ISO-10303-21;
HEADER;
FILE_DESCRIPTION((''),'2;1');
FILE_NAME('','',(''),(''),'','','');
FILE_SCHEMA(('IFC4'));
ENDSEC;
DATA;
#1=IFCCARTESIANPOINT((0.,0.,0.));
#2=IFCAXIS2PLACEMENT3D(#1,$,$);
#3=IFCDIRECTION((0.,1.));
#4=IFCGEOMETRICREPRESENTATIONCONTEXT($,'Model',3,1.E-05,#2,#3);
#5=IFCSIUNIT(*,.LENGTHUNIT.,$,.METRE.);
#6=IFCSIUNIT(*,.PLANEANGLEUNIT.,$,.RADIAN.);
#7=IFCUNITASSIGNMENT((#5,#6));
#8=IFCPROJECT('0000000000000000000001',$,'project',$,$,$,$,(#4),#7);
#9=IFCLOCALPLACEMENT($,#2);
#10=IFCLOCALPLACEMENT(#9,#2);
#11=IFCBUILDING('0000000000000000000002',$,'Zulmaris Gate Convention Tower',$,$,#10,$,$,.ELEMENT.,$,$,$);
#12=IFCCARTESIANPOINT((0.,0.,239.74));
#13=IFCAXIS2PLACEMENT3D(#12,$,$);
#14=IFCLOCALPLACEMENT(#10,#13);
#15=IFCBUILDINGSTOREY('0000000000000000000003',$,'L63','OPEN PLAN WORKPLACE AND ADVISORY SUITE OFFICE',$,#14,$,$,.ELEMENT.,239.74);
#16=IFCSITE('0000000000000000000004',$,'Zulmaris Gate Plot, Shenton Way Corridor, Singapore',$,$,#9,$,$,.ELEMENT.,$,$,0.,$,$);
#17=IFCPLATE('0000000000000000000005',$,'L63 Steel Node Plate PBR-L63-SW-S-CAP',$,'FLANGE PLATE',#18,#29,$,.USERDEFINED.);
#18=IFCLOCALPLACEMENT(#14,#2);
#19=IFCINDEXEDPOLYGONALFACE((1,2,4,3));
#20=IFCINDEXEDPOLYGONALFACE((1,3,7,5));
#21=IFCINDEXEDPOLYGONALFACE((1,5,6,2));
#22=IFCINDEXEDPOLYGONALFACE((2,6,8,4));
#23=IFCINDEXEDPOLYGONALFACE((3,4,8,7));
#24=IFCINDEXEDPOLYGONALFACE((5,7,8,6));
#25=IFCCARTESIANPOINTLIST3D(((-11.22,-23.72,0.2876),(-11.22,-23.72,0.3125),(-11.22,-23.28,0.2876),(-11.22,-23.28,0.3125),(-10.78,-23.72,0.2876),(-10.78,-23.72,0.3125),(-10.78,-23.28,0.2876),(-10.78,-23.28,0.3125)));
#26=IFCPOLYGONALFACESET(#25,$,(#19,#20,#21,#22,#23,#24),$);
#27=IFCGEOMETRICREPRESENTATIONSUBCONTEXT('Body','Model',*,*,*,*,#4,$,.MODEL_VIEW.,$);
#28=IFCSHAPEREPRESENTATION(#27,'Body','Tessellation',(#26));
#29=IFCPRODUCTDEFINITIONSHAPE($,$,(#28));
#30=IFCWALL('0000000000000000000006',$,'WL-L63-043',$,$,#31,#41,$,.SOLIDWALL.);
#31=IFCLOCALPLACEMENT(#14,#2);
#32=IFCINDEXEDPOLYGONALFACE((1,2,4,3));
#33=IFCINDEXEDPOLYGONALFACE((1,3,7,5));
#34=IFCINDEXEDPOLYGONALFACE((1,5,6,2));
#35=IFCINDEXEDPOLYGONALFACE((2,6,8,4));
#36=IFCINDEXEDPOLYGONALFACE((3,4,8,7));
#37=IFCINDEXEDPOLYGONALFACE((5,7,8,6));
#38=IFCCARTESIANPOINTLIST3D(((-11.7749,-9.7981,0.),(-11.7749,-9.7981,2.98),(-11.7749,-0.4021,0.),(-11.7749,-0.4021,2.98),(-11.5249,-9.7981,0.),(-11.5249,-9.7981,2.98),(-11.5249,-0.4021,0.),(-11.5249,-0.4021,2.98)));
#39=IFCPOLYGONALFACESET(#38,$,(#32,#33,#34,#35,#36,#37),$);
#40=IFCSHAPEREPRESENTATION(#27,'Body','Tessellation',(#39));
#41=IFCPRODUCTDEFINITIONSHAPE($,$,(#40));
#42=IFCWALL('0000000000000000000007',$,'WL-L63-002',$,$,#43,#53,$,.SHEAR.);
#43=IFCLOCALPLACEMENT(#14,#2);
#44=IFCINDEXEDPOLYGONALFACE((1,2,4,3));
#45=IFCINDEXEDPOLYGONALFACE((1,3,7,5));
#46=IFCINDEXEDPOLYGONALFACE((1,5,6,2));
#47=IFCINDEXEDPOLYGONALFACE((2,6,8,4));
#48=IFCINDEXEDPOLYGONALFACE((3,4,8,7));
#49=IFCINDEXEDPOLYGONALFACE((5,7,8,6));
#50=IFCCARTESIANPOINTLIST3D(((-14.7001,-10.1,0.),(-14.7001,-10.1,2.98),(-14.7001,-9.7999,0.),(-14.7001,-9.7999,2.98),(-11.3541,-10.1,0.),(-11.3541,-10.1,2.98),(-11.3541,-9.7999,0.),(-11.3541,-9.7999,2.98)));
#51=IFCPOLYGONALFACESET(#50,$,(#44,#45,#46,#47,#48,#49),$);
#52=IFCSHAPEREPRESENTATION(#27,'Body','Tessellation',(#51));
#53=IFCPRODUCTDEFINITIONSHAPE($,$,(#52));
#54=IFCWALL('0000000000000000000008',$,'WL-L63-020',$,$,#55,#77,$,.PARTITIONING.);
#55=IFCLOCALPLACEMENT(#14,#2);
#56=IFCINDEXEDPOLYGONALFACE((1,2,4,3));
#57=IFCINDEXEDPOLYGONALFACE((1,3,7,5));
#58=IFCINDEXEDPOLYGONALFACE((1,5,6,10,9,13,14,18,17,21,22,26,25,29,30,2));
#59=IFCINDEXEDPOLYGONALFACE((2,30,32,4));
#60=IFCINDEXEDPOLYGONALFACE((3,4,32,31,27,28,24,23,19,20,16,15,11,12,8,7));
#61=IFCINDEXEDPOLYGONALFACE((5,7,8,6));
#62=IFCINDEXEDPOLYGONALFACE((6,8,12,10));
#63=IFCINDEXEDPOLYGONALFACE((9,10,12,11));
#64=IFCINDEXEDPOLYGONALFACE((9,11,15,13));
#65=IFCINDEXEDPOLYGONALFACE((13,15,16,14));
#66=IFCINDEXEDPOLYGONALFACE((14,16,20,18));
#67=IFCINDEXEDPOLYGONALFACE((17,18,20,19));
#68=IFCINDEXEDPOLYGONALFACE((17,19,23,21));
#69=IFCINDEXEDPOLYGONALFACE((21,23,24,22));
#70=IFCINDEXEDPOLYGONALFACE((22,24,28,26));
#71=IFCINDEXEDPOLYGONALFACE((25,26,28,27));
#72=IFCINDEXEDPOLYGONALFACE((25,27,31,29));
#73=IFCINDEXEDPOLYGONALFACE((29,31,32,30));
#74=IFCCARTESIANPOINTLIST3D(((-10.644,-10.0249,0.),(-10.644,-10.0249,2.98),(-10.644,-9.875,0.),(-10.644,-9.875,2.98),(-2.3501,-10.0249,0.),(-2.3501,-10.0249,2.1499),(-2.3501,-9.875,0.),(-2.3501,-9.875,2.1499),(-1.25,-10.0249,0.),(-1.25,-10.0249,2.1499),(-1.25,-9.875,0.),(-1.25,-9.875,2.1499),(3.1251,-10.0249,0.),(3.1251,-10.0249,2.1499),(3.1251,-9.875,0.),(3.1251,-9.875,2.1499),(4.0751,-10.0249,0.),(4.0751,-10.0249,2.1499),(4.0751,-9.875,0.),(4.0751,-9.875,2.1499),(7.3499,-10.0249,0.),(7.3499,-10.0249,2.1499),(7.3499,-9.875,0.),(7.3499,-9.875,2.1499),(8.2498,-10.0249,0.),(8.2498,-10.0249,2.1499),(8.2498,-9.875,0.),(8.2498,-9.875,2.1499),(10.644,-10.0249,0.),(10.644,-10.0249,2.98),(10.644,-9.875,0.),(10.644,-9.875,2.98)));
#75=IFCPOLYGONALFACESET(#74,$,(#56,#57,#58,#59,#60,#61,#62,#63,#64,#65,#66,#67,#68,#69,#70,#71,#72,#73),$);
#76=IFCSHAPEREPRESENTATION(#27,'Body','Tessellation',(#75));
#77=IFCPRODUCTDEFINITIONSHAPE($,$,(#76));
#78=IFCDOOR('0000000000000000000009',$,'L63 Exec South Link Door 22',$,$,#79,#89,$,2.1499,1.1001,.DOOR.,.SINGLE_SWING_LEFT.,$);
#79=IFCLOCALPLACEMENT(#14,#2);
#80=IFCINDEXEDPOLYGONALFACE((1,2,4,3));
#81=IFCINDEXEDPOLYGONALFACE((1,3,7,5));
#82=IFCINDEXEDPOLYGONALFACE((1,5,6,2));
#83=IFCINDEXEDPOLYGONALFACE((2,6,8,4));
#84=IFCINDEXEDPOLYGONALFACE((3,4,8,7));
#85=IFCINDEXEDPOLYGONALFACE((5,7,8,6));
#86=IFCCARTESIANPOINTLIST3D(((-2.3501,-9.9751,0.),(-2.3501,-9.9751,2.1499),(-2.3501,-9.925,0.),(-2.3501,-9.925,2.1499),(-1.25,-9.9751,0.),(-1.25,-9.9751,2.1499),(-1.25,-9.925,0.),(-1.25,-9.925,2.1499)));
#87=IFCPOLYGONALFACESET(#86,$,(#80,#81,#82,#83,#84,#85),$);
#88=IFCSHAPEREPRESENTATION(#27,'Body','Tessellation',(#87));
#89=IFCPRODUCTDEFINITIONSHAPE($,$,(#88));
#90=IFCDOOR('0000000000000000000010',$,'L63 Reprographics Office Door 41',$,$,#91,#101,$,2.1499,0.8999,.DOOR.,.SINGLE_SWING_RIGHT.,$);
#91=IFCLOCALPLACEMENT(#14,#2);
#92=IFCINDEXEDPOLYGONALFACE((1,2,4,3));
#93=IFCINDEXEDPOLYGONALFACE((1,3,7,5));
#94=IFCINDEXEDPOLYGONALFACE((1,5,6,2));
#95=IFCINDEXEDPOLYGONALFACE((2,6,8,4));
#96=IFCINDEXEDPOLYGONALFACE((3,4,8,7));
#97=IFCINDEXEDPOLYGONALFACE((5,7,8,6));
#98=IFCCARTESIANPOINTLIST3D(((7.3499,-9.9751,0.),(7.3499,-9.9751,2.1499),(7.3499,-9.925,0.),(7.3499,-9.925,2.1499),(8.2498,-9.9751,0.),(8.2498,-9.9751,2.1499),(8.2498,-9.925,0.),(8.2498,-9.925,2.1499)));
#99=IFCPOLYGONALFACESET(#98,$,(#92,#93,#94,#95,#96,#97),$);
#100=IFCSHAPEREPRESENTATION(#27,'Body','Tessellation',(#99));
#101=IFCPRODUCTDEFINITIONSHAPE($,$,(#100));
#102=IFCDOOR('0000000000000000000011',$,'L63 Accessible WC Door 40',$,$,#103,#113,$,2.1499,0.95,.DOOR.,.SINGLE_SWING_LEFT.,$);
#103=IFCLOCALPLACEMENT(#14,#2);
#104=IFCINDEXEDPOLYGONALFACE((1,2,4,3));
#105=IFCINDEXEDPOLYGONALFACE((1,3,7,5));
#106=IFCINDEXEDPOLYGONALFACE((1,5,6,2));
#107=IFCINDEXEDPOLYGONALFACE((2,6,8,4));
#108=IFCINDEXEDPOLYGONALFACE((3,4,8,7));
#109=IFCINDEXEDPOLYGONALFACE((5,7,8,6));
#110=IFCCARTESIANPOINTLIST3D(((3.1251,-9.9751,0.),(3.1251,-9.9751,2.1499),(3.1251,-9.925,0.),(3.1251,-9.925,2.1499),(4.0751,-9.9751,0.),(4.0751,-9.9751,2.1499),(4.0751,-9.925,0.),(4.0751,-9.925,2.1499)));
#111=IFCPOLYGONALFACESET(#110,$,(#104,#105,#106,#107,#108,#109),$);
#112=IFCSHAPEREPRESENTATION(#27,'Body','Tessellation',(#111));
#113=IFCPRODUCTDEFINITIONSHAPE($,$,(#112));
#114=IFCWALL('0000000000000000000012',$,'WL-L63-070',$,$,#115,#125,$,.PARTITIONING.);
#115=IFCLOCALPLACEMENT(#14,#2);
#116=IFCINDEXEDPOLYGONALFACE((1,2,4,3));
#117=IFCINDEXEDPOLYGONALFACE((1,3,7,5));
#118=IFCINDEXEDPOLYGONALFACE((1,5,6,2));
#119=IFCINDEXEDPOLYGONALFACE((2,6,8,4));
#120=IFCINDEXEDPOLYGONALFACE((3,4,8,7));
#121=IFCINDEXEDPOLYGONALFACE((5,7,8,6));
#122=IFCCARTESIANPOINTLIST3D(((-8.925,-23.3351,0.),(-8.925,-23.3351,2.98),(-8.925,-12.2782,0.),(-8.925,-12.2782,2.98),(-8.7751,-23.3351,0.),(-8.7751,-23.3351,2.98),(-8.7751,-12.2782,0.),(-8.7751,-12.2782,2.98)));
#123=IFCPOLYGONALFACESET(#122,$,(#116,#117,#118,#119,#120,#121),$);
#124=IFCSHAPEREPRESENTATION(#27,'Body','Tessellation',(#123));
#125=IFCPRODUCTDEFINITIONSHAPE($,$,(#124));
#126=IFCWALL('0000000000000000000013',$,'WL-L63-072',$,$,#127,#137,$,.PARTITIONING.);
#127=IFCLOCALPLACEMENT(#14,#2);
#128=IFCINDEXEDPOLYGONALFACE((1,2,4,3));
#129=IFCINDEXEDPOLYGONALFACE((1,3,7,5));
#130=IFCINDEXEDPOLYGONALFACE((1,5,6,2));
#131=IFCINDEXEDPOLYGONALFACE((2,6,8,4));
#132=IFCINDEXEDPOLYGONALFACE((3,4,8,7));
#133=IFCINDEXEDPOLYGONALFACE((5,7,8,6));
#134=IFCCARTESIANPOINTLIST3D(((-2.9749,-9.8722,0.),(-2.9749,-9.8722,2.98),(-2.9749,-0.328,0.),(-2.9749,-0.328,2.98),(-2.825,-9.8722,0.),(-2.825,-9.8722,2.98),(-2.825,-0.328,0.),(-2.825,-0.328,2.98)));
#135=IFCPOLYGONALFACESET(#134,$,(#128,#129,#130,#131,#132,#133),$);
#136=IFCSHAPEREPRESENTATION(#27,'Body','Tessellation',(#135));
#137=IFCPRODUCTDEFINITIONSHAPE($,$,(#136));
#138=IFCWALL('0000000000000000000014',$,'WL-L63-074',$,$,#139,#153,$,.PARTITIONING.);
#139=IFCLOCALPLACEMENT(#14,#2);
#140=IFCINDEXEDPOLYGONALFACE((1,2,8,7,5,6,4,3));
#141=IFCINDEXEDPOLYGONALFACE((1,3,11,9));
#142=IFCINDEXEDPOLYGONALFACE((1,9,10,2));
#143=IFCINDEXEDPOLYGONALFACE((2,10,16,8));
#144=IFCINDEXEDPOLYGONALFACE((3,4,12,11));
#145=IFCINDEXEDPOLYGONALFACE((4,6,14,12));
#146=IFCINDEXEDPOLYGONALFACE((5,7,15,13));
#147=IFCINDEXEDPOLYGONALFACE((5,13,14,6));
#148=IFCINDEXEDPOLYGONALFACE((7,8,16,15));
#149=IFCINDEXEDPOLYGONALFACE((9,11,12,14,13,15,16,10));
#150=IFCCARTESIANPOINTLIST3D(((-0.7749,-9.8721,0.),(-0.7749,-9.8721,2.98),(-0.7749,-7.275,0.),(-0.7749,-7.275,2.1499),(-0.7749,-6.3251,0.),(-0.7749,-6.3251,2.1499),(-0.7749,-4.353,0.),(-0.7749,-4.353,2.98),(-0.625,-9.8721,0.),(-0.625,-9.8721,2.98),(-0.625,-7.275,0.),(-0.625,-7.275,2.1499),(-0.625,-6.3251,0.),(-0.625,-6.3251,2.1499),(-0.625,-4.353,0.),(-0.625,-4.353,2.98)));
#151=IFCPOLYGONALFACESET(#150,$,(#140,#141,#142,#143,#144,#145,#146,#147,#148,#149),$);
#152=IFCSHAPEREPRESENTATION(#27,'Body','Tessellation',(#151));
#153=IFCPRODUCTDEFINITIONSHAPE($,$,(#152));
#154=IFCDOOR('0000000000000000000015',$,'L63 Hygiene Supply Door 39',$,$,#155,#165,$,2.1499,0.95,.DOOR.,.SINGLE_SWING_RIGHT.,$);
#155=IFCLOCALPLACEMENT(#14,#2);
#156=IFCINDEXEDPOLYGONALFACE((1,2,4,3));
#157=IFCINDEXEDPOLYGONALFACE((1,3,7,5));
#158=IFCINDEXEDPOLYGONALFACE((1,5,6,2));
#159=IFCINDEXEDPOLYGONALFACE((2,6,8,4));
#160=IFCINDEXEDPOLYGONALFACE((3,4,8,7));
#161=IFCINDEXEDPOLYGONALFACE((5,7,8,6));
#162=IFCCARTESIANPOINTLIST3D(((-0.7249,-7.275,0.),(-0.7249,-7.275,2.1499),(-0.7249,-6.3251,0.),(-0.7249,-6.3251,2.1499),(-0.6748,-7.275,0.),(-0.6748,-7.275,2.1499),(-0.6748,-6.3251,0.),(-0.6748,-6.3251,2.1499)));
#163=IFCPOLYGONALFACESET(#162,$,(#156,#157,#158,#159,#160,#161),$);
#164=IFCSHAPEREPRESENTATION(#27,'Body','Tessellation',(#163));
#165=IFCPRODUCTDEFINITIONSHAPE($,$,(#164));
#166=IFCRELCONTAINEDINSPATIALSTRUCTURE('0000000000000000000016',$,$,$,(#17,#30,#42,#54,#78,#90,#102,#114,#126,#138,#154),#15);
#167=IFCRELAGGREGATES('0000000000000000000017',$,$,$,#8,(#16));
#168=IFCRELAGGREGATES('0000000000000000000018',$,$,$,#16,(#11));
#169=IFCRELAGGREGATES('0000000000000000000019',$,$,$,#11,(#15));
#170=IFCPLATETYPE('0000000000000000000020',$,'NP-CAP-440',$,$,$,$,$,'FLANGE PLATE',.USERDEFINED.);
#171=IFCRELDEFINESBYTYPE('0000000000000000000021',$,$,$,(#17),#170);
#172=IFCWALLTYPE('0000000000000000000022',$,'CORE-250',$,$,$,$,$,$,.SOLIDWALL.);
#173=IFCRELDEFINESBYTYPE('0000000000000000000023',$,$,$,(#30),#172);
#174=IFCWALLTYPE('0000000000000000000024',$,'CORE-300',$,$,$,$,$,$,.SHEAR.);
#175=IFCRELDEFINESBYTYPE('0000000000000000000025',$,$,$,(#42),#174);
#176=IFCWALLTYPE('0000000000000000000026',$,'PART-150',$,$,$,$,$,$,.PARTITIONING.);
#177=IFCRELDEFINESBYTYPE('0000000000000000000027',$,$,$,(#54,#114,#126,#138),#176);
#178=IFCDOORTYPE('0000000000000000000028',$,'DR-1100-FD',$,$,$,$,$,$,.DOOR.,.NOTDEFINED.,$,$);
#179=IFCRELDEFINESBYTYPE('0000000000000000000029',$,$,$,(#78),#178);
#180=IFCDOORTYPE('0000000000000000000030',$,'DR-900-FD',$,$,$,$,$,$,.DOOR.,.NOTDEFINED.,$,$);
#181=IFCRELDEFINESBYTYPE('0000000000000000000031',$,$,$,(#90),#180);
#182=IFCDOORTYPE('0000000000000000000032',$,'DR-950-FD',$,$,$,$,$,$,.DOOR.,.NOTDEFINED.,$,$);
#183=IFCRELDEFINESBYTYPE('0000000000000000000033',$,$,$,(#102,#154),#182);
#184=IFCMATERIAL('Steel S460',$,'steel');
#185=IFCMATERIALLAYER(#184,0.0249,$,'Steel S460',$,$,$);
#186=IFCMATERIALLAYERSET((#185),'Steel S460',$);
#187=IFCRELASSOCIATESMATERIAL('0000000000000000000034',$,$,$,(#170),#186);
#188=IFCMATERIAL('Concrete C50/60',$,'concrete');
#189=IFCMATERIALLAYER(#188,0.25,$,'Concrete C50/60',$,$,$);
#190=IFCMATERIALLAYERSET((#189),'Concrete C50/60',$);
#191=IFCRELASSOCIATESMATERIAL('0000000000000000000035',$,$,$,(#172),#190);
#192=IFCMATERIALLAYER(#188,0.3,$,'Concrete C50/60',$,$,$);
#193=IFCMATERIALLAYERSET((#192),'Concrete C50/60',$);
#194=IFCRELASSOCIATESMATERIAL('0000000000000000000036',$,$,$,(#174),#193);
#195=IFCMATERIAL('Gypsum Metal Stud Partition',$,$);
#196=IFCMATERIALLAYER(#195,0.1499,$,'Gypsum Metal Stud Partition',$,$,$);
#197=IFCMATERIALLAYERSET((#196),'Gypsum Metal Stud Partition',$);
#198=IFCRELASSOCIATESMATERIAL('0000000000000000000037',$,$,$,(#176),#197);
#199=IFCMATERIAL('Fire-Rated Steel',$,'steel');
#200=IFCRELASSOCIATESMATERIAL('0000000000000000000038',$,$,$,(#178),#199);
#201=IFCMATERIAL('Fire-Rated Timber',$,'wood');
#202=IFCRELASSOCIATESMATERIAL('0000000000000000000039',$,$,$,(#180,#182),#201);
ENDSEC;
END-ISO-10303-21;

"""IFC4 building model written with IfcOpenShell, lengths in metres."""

from ifc_helpers import new_model, si_unit, direction, frame, frame_2d, origin, origin_2d, place, context, subcontext, project, spatial, rectangle, extrude, material, layer, layer_set, type_object, element, fill, save


model = new_model("IFC4")

# Units and contexts
model_context = context("Model", 3, precision=1e-05, world=origin(), true_north=direction((0.0, 1.0)))
body_context = subcontext(model_context, "Body", "Model", "MODEL_VIEW")
ifc_project = project(units=[si_unit("LENGTHUNIT", "METRE"), si_unit("PLANEANGLEUNIT", "RADIAN")], contexts=[model_context])

# Site, building, storey
site_placement = place(None, origin())
site = spatial("IfcSite", under=ifc_project, at=site_placement, Name="Zulmaris Gate Plot, Shenton Way Corridor, Singapore", CompositionType="ELEMENT", RefElevation=0.0)
building_placement = place(site_placement, origin())
building = spatial("IfcBuilding", under=site, at=building_placement, Name="Zulmaris Gate Convention Tower", CompositionType="ELEMENT")
storey_placement = place(building_placement, frame((0.0, 0.0, 239.74)))
storey = spatial("IfcBuildingStorey", under=building, at=storey_placement, Name="L63", Description="OPEN PLAN WORKPLACE AND ADVISORY SUITE OFFICE", CompositionType="ELEMENT", Elevation=239.74)

# Shared definitions
ifc_material_1 = material(Name="Concrete C50/60", Category="concrete")

# Plate
ifc_material_2 = material(Name="Steel S460", Category="steel")
ifc_layer_1 = layer(ifc_material_2, 0.0249, Name="Steel S460")
ifc_layer_set_1 = layer_set([ifc_layer_1], Name="Steel S460")
plate_type = type_object("IfcPlateType", Name="NP-CAP-440", ElementType="FLANGE PLATE", PredefinedType="USERDEFINED", material=ifc_layer_set_1)
plate_placement = place(storey_placement, frame((-11.0, -23.5, 0.2876), z_axis=(0.0, 0.0, 1.0), x_axis=(1.0, 0.0, 0.0)))
element("IfcPlate", 1, at=plate_placement, inside=storey, type_object=plate_type, Name="L63 Steel Node Plate PBR-L63-SW-S-CAP", ObjectType="FLANGE PLATE", PredefinedType="USERDEFINED", context=body_context, shape_type="SweptSolid", body=[
    extrude(rectangle(XDim=0.4399, YDim=0.4399, at=origin_2d()), origin(), (0.0, 0.0, 1.0), 0.0249),
])

# Walls
ifc_layer_2 = layer(ifc_material_1, 0.25, Name="Concrete C50/60")
ifc_layer_set_2 = layer_set([ifc_layer_2], Name="Concrete C50/60")
wall_type_1 = type_object("IfcWallType", Name="CORE-250", PredefinedType="SOLIDWALL", material=ifc_layer_set_2)
wall_1_placement = place(storey_placement, frame((-11.6499, -9.7981, 0.0), z_axis=(0.0, 0.0, 1.0), x_axis=(0.0, 1.0, 0.0)))
element("IfcWall", 2, at=wall_1_placement, inside=storey, type_object=wall_type_1, Name="WL-L63-043", PredefinedType="SOLIDWALL", context=body_context, shape_type="SweptSolid", body=[
    extrude(rectangle(XDim=9.396, YDim=0.25, at=frame_2d((4.698, 0.0))), origin(), (0.0, 0.0, 1.0), 2.98),
])
ifc_layer_3 = layer(ifc_material_1, 0.3, Name="Concrete C50/60")
ifc_layer_set_3 = layer_set([ifc_layer_3], Name="Concrete C50/60")
wall_type_2 = type_object("IfcWallType", Name="CORE-300", PredefinedType="SHEAR", material=ifc_layer_set_3)
wall_2_placement = place(storey_placement, frame((-14.7, -9.95, 0.0), z_axis=(0.0, 0.0, 1.0), x_axis=(1.0, 0.0, 0.0)))
element("IfcWall", 3, at=wall_2_placement, inside=storey, type_object=wall_type_2, Name="WL-L63-002", PredefinedType="SHEAR", context=body_context, shape_type="SweptSolid", body=[
    extrude(rectangle(XDim=3.3459, YDim=0.3, at=frame_2d((1.6729, 0.0))), origin(), (0.0, 0.0, 1.0), 2.98),
])

# Wall, openings, doors
ifc_material_3 = material(Name="Gypsum Metal Stud Partition")
ifc_layer_4 = layer(ifc_material_3, 0.1499, Name="Gypsum Metal Stud Partition")
ifc_layer_set_4 = layer_set([ifc_layer_4], Name="Gypsum Metal Stud Partition")
wall_type_3 = type_object("IfcWallType", Name="PART-150", PredefinedType="PARTITIONING", material=ifc_layer_set_4)
wall_3_placement = place(storey_placement, frame((-10.644, -9.95, 0.0), z_axis=(0.0, 0.0, 1.0), x_axis=(1.0, 0.0, 0.0)))
wall_3 = element("IfcWall", 4, at=wall_3_placement, inside=storey, type_object=wall_type_3, Name="WL-L63-020", PredefinedType="PARTITIONING", context=body_context, shape_type="SweptSolid", body=[
    extrude(rectangle(XDim=21.2881, YDim=0.1499, at=frame_2d((10.644, 0.0))), origin(), (0.0, 0.0, 1.0), 2.98),
])
opening_1_placement = place(wall_3_placement, frame((8.2939, 0.0, 0.0)))
opening_1 = element("IfcOpeningElement", 5, at=opening_1_placement, cuts=wall_3, PredefinedType="OPENING", context=body_context, shape_type="SweptSolid", body=[
    extrude(rectangle(XDim=1.1001, YDim=2.1499, at=frame_2d((0.55, 1.075))), frame((0.0, 0.085, 0.0), z_axis=(0.0, -1.0, 0.0), x_axis=(1.0, 0.0, 0.0)), (0.0, 0.0, 1.0), 0.1699),
])
opening_2_placement = place(wall_3_placement, frame((13.769, 0.0, 0.0)))
opening_2 = element("IfcOpeningElement", 6, at=opening_2_placement, cuts=wall_3, PredefinedType="OPENING", context=body_context, shape_type="SweptSolid", body=[
    extrude(rectangle(XDim=0.95, YDim=2.1499, at=frame_2d((0.4751, 1.075))), frame((0.0, 0.085, 0.0), z_axis=(0.0, -1.0, 0.0), x_axis=(1.0, 0.0, 0.0)), (0.0, 0.0, 1.0), 0.1699),
])
opening_3_placement = place(wall_3_placement, frame((17.9939, 0.0, 0.0)))
opening_3 = element("IfcOpeningElement", 7, at=opening_3_placement, cuts=wall_3, PredefinedType="OPENING", context=body_context, shape_type="SweptSolid", body=[
    extrude(rectangle(XDim=0.8999, YDim=2.1499, at=frame_2d((0.45, 1.075))), frame((0.0, 0.085, 0.0), z_axis=(0.0, -1.0, 0.0), x_axis=(1.0, 0.0, 0.0)), (0.0, 0.0, 1.0), 0.1699),
])
ifc_material_4 = material(Name="Fire-Rated Steel", Category="steel")
door_type_1 = type_object("IfcDoorType", Name="DR-1100-FD", OperationType="NOTDEFINED", PredefinedType="DOOR", material=ifc_material_4)
door_1_placement = place(opening_1_placement, origin())
door_1 = element("IfcDoor", 8, at=door_1_placement, inside=storey, type_object=door_type_1, Name="L63 Exec South Link Door 22", OperationType="SINGLE_SWING_LEFT", OverallHeight=2.1499, OverallWidth=1.1001, PredefinedType="DOOR", context=body_context, shape_type="SweptSolid", body=[
    extrude(rectangle(XDim=1.1001, YDim=2.1499, at=frame_2d((0.55, 1.075))), frame((0.0, 0.0249, 0.0), z_axis=(0.0, -1.0, 0.0), x_axis=(1.0, 0.0, 0.0)), (0.0, 0.0, 1.0), 0.05),
])
fill(opening_1, door_1)
ifc_material_5 = material(Name="Fire-Rated Timber", Category="wood")
door_type_2 = type_object("IfcDoorType", Name="DR-900-FD", OperationType="NOTDEFINED", PredefinedType="DOOR", material=ifc_material_5)
door_2_placement = place(opening_3_placement, origin())
door_2 = element("IfcDoor", 9, at=door_2_placement, inside=storey, type_object=door_type_2, Name="L63 Reprographics Office Door 41", OperationType="SINGLE_SWING_RIGHT", OverallHeight=2.1499, OverallWidth=0.8999, PredefinedType="DOOR", context=body_context, shape_type="SweptSolid", body=[
    extrude(rectangle(XDim=0.8999, YDim=2.1499, at=frame_2d((0.45, 1.075))), frame((0.0, 0.0249, 0.0), z_axis=(0.0, -1.0, 0.0), x_axis=(1.0, 0.0, 0.0)), (0.0, 0.0, 1.0), 0.05),
])
fill(opening_3, door_2)
door_type_3 = type_object("IfcDoorType", Name="DR-950-FD", OperationType="NOTDEFINED", PredefinedType="DOOR", material=ifc_material_5)
door_3_placement = place(opening_2_placement, origin())
door_3 = element("IfcDoor", 10, at=door_3_placement, inside=storey, type_object=door_type_3, Name="L63 Accessible WC Door 40", OperationType="SINGLE_SWING_LEFT", OverallHeight=2.1499, OverallWidth=0.95, PredefinedType="DOOR", context=body_context, shape_type="SweptSolid", body=[
    extrude(rectangle(XDim=0.95, YDim=2.1499, at=frame_2d((0.4751, 1.075))), frame((0.0, 0.0249, 0.0), z_axis=(0.0, -1.0, 0.0), x_axis=(1.0, 0.0, 0.0)), (0.0, 0.0, 1.0), 0.05),
])
fill(opening_2, door_3)

# Walls
wall_4_placement = place(storey_placement, frame((-8.8501, -23.335, 0.0), z_axis=(0.0, 0.0, 1.0), x_axis=(0.0, 1.0, 0.0)))
element("IfcWall", 11, at=wall_4_placement, inside=storey, type_object=wall_type_3, Name="WL-L63-070", PredefinedType="PARTITIONING", context=body_context, shape_type="SweptSolid", body=[
    extrude(rectangle(XDim=11.0569, YDim=0.1499, at=frame_2d((5.5283, 0.0))), origin(), (0.0, 0.0, 1.0), 2.98),
])
wall_5_placement = place(storey_placement, frame((-2.8999, -9.8721, 0.0), z_axis=(0.0, 0.0, 1.0), x_axis=(0.0, 1.0, 0.0)))
element("IfcWall", 12, at=wall_5_placement, inside=storey, type_object=wall_type_3, Name="WL-L63-072", PredefinedType="PARTITIONING", context=body_context, shape_type="SweptSolid", body=[
    extrude(rectangle(XDim=9.5442, YDim=0.1499, at=frame_2d((4.772, 0.0))), origin(), (0.0, 0.0, 1.0), 2.98),
])

# Wall, opening, door
wall_6_placement = place(storey_placement, frame((-0.7, -9.8721, 0.0), z_axis=(0.0, 0.0, 1.0), x_axis=(0.0, 1.0, 0.0)))
wall_6 = element("IfcWall", 13, at=wall_6_placement, inside=storey, type_object=wall_type_3, Name="WL-L63-074", PredefinedType="PARTITIONING", context=body_context, shape_type="SweptSolid", body=[
    extrude(rectangle(XDim=5.519, YDim=0.1499, at=frame_2d((2.7595, 0.0))), origin(), (0.0, 0.0, 1.0), 2.98),
])
opening_4_placement = place(wall_6_placement, frame((2.5969, 0.0, 0.0)))
opening_4 = element("IfcOpeningElement", 14, at=opening_4_placement, cuts=wall_6, PredefinedType="OPENING", context=body_context, shape_type="SweptSolid", body=[
    extrude(rectangle(XDim=0.95, YDim=2.1499, at=frame_2d((0.4751, 1.075))), frame((0.0, 0.085, 0.0), z_axis=(0.0, -1.0, 0.0), x_axis=(1.0, 0.0, 0.0)), (0.0, 0.0, 1.0), 0.1699),
])
door_4_placement = place(opening_4_placement, origin())
door_4 = element("IfcDoor", 15, at=door_4_placement, inside=storey, type_object=door_type_3, Name="L63 Hygiene Supply Door 39", OperationType="SINGLE_SWING_RIGHT", OverallHeight=2.1499, OverallWidth=0.95, PredefinedType="DOOR", context=body_context, shape_type="SweptSolid", body=[
    extrude(rectangle(XDim=0.95, YDim=2.1499, at=frame_2d((0.4751, 1.075))), frame((0.0, 0.0249, 0.0), z_axis=(0.0, -1.0, 0.0), x_axis=(1.0, 0.0, 0.0)), (0.0, 0.0, 1.0), 0.05),
])
fill(opening_4, door_4)

save(model, "model.ifc")
